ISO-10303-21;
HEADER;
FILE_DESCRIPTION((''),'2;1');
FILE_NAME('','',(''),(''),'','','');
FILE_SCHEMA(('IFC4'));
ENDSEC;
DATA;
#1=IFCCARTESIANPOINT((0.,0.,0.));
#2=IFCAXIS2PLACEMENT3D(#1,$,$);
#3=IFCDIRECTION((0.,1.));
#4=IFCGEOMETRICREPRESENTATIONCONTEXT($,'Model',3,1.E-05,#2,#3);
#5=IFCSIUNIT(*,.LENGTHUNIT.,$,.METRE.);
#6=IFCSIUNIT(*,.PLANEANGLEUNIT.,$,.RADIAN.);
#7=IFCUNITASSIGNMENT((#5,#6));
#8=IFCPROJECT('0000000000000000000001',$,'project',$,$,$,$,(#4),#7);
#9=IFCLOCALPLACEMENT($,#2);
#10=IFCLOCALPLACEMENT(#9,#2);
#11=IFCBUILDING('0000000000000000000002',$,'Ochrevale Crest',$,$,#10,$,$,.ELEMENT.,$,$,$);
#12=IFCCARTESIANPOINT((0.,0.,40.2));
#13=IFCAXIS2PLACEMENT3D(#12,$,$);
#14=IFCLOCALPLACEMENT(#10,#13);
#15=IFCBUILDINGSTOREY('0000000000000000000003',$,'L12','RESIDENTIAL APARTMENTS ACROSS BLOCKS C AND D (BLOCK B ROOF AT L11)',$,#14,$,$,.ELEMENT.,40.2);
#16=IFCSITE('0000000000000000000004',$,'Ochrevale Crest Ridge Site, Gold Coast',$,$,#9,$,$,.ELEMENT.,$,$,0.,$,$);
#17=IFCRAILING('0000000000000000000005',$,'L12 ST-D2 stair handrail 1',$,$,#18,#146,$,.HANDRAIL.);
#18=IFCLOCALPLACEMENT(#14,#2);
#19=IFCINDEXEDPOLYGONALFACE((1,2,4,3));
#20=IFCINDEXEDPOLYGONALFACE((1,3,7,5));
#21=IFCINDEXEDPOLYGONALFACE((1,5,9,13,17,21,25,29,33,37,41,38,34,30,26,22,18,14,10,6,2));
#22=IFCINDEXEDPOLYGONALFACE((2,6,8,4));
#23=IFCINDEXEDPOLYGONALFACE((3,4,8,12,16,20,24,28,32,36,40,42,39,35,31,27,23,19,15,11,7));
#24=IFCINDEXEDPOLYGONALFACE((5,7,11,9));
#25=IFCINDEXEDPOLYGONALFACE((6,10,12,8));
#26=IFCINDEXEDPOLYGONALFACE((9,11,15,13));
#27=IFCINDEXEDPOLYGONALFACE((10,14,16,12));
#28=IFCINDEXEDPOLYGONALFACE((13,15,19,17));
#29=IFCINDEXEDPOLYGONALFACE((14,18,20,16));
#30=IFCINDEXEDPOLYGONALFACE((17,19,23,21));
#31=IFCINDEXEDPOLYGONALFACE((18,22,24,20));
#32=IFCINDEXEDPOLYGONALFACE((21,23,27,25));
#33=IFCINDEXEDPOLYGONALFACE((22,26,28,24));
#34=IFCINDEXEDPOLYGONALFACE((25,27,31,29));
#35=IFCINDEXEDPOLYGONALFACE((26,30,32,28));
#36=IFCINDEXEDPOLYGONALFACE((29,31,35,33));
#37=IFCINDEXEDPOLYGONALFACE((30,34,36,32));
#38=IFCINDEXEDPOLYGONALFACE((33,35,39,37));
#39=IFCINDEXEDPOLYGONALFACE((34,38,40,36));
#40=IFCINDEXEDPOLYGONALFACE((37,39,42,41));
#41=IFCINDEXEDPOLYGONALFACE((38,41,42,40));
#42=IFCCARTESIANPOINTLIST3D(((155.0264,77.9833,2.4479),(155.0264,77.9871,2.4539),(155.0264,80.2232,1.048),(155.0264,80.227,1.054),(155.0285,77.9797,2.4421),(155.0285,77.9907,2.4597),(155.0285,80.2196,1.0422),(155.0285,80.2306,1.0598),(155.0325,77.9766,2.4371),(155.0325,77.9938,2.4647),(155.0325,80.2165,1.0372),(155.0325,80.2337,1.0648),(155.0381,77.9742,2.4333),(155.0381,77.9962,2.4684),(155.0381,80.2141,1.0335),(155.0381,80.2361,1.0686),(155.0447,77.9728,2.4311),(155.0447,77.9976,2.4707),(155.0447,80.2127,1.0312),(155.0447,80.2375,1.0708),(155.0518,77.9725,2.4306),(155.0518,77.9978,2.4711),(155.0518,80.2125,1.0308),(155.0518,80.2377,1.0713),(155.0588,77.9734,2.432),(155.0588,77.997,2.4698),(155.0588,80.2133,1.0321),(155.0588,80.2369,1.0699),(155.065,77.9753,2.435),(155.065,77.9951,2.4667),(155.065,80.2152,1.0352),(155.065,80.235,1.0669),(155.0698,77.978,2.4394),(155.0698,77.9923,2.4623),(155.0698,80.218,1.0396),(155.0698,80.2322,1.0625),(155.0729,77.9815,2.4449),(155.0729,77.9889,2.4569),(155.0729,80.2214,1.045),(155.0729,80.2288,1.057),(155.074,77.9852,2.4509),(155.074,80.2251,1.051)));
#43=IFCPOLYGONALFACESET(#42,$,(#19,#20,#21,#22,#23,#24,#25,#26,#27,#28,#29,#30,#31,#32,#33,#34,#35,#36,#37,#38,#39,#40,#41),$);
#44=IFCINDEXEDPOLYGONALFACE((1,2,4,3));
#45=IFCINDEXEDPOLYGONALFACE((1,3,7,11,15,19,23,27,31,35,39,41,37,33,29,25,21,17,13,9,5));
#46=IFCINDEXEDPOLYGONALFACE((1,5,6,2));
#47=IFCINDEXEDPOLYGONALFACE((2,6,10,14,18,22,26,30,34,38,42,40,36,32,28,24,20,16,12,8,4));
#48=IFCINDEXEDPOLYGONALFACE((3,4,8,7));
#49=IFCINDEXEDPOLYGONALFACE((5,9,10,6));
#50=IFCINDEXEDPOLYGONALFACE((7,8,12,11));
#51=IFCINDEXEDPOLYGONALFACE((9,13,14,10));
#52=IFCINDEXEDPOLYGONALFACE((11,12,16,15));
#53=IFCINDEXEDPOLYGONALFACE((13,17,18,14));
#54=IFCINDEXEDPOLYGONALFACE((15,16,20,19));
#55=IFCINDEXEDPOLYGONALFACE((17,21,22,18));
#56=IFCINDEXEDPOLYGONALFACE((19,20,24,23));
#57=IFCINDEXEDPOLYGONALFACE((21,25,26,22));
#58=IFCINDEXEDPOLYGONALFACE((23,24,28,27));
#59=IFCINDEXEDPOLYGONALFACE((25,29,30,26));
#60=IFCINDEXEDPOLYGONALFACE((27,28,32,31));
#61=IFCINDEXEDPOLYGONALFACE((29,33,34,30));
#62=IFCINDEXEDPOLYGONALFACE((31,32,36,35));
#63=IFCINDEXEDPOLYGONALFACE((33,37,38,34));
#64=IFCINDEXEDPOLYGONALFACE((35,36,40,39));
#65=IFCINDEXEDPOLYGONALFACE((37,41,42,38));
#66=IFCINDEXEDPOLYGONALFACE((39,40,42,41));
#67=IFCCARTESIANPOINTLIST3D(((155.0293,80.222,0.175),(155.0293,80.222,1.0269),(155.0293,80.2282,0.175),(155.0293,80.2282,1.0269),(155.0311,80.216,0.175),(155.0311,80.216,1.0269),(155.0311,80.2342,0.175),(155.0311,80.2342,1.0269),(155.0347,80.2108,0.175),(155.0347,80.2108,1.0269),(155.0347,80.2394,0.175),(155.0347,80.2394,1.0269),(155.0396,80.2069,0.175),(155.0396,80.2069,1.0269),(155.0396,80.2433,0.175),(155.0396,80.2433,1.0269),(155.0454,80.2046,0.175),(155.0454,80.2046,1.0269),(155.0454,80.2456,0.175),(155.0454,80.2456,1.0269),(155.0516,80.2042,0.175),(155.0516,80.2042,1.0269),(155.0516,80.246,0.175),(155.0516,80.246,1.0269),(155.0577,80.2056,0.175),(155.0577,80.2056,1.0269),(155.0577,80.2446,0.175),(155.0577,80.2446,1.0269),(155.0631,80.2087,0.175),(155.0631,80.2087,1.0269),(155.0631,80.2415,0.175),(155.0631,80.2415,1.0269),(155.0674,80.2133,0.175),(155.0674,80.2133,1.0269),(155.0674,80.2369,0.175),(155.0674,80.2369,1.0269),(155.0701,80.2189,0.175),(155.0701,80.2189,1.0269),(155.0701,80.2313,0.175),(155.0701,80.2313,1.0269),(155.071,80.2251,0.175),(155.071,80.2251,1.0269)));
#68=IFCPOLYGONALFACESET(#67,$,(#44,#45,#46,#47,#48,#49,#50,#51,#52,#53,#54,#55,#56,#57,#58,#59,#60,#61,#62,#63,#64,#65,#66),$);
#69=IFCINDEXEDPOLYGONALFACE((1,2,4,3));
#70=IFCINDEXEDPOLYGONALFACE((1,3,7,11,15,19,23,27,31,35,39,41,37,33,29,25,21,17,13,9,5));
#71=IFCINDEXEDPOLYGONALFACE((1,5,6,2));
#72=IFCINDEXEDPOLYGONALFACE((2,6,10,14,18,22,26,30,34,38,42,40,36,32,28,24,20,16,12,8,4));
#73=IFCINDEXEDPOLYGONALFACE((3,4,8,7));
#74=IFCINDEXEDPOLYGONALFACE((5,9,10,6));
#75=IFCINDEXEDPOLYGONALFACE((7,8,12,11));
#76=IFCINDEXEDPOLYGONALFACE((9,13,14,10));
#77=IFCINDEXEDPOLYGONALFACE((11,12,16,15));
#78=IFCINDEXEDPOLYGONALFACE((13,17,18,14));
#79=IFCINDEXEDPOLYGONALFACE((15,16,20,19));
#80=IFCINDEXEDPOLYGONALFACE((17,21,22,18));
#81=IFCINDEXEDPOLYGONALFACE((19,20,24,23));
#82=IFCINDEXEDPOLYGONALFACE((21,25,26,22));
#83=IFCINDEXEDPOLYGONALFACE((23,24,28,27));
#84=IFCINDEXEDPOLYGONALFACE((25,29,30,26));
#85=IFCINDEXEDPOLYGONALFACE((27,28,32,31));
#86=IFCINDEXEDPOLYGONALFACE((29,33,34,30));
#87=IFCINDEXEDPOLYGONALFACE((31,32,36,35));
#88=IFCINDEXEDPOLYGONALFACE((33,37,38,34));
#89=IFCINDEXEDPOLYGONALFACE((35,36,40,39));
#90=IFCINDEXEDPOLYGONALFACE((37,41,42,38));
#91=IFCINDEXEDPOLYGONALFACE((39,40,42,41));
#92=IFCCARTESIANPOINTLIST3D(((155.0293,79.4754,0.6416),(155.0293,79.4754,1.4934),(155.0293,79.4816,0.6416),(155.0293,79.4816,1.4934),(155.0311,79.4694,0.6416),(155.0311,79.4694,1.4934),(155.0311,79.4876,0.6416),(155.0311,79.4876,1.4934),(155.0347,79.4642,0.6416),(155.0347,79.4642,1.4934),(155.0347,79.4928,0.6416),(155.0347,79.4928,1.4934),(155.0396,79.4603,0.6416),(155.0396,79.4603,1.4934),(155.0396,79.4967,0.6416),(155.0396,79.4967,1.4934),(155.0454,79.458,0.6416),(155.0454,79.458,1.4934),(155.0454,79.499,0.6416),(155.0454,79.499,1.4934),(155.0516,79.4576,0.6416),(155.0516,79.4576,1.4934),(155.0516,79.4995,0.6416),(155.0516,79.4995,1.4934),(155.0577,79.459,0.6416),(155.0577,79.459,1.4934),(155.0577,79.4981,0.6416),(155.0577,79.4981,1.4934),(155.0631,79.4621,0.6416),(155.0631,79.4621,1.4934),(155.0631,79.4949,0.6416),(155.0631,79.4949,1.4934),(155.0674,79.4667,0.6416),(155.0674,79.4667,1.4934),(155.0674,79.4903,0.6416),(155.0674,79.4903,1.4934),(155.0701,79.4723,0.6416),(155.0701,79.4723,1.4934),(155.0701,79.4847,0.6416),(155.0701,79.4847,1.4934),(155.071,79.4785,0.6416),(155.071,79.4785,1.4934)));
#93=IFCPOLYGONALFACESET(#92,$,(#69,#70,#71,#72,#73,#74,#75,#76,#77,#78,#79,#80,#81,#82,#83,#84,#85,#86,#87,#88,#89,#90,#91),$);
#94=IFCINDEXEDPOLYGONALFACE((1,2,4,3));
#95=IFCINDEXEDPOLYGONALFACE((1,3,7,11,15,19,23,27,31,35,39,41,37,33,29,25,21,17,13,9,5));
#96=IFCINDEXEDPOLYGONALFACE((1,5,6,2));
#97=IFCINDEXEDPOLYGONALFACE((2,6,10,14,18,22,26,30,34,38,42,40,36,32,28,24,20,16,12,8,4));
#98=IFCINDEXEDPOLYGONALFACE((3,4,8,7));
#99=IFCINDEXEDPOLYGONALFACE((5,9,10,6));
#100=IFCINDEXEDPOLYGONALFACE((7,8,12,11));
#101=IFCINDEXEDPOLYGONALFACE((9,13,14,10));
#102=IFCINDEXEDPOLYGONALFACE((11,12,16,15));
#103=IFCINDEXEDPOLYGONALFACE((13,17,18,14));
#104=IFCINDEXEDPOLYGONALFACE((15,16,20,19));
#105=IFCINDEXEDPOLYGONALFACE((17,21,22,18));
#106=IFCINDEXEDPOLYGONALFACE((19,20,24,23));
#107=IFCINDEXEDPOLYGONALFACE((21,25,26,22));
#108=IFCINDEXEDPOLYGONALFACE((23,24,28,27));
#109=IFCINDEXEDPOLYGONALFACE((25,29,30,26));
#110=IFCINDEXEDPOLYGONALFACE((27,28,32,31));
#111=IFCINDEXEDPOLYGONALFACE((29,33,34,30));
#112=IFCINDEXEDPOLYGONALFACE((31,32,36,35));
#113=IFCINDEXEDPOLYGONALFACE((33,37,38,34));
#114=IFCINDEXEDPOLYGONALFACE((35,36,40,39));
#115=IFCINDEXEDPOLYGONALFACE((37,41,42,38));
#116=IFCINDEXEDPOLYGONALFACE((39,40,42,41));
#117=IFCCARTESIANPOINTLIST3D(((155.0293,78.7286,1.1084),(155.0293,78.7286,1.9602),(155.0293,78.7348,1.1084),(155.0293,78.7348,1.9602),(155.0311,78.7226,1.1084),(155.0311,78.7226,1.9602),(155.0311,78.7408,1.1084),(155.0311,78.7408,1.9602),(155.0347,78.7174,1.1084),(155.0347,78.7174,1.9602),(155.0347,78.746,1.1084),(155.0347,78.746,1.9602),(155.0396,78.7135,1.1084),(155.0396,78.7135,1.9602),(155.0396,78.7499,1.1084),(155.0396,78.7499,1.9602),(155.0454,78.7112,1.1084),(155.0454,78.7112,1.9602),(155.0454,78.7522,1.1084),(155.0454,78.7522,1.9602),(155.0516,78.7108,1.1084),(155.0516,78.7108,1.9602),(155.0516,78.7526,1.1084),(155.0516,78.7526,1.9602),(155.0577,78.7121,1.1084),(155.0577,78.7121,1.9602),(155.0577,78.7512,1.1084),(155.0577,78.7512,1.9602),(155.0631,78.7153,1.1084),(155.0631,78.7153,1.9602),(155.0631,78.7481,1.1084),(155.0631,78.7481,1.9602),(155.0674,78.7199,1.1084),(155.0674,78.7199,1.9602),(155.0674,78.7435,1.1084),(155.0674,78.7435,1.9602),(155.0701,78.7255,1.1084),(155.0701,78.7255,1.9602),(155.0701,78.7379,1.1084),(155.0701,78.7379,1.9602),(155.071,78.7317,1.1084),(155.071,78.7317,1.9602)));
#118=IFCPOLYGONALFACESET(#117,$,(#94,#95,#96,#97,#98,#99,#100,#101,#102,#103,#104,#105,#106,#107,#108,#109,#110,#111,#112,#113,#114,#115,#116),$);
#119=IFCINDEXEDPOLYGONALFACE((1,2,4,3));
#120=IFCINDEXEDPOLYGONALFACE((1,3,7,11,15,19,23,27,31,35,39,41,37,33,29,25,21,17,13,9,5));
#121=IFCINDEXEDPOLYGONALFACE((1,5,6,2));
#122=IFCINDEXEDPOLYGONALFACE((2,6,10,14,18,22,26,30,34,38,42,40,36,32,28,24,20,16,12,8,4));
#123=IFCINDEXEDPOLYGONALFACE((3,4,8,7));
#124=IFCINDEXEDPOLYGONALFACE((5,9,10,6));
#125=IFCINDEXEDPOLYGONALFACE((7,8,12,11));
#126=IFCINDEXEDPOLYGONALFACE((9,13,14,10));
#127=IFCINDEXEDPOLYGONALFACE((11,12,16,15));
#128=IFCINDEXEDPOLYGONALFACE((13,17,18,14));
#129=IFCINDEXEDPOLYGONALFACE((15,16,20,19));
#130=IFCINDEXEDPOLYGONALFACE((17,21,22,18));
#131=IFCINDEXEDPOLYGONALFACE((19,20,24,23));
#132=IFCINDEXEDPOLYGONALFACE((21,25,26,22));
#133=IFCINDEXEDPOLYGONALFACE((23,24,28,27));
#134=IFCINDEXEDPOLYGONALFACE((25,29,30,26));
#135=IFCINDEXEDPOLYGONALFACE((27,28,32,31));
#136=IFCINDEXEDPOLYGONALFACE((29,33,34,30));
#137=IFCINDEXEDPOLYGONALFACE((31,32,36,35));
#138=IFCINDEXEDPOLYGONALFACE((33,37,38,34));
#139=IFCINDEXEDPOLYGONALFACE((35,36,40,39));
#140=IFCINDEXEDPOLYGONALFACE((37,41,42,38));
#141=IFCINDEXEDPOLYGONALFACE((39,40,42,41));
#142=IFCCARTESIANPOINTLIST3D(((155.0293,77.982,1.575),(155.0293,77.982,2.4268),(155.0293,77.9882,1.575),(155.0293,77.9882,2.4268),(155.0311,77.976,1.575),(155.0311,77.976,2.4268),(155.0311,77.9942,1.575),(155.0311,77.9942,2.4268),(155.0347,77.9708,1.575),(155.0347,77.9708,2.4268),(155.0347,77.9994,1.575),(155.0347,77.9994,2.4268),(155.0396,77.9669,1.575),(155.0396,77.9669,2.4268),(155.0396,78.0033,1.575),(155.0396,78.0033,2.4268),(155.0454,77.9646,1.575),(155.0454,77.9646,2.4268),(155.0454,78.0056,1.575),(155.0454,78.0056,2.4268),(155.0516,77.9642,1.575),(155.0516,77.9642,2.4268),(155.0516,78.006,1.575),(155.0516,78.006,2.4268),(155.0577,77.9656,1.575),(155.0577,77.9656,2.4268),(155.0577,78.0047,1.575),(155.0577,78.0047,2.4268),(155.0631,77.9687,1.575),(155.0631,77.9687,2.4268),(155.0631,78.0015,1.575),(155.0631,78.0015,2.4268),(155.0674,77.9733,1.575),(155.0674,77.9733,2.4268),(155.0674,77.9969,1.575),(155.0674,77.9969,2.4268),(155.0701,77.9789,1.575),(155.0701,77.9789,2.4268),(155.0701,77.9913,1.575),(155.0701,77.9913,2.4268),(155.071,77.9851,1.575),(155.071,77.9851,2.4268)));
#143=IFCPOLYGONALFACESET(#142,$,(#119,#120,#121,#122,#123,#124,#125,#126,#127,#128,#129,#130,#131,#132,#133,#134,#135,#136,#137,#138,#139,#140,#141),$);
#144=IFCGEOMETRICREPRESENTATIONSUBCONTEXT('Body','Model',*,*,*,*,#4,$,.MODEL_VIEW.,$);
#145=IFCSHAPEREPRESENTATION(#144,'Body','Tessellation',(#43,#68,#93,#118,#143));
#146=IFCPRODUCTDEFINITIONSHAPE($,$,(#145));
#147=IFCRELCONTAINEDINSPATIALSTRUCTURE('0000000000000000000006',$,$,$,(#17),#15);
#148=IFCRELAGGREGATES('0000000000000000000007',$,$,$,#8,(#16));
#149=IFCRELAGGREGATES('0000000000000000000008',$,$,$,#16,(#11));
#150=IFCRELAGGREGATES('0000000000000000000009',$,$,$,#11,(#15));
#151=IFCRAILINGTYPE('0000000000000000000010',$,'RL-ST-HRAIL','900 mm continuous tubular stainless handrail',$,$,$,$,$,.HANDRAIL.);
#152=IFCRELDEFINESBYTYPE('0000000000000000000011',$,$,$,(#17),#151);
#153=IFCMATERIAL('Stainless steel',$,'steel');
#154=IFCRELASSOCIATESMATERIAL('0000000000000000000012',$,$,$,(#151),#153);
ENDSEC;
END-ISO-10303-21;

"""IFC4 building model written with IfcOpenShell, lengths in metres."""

from ifc_helpers import new_model, si_unit, direction, frame, origin, origin_2d, place, context, subcontext, project, spatial, circle, extrude, material, type_object, element, save


model = new_model("IFC4")

# Units and contexts
model_context = context("Model", 3, precision=1e-05, world=origin(), true_north=direction((0.0, 1.0)))
body_context = subcontext(model_context, "Body", "Model", "MODEL_VIEW")
ifc_project = project(units=[si_unit("LENGTHUNIT", "METRE"), si_unit("PLANEANGLEUNIT", "RADIAN")], contexts=[model_context])

# Site, building, storey
site_placement = place(None, origin())
site = spatial("IfcSite", under=ifc_project, at=site_placement, Name="Ochrevale Crest Ridge Site, Gold Coast", CompositionType="ELEMENT", RefElevation=0.0)
building_placement = place(site_placement, origin())
building = spatial("IfcBuilding", under=site, at=building_placement, Name="Ochrevale Crest", CompositionType="ELEMENT")
storey_placement = place(building_placement, frame((0.0, 0.0, 40.2)))
storey = spatial("IfcBuildingStorey", under=building, at=storey_placement, Name="L12", Description="RESIDENTIAL APARTMENTS ACROSS BLOCKS C AND D (BLOCK B ROOF AT L11)", CompositionType="ELEMENT", Elevation=40.2)

# Railing
ifc_material_1 = material(Name="Stainless steel", Category="steel")
railing_type_1 = type_object("IfcRailingType", Name="RL-ST-HRAIL", Description="900 mm continuous tubular stainless handrail", PredefinedType="HANDRAIL", material=ifc_material_1)
railing_1_placement = place(storey_placement, frame((155.05, 80.2251, 0.175)))
element("IfcRailing", 1, at=railing_1_placement, inside=storey, type_object=railing_type_1, Name="L12 ST-D2 stair handrail 1", PredefinedType="HANDRAIL", context=body_context, shape_type="SweptSolid", body=[
    extrude(circle(Radius=0.0239, at=origin_2d()), frame((0.0, 0.0, 0.876), z_axis=(0.0, -0.848014, 0.529974), x_axis=(1.0, 0.0, 0.0)), (0.0, 0.0, 1.0), 2.6414),
    extrude(circle(Radius=0.021, at=origin_2d()), origin(), (0.0, 0.0, 1.0), 0.8518),
    extrude(circle(Radius=0.021, at=origin_2d()), frame((0.0, -0.7466, 0.4666)), (0.0, 0.0, 1.0), 0.8518),
    extrude(circle(Radius=0.021, at=origin_2d()), frame((0.0, -1.4934, 0.9333)), (0.0, 0.0, 1.0), 0.8518),
    extrude(circle(Radius=0.021, at=origin_2d()), frame((0.0, -2.24, 1.3999)), (0.0, 0.0, 1.0), 0.8518),
])

save(model, "model.ifc")
